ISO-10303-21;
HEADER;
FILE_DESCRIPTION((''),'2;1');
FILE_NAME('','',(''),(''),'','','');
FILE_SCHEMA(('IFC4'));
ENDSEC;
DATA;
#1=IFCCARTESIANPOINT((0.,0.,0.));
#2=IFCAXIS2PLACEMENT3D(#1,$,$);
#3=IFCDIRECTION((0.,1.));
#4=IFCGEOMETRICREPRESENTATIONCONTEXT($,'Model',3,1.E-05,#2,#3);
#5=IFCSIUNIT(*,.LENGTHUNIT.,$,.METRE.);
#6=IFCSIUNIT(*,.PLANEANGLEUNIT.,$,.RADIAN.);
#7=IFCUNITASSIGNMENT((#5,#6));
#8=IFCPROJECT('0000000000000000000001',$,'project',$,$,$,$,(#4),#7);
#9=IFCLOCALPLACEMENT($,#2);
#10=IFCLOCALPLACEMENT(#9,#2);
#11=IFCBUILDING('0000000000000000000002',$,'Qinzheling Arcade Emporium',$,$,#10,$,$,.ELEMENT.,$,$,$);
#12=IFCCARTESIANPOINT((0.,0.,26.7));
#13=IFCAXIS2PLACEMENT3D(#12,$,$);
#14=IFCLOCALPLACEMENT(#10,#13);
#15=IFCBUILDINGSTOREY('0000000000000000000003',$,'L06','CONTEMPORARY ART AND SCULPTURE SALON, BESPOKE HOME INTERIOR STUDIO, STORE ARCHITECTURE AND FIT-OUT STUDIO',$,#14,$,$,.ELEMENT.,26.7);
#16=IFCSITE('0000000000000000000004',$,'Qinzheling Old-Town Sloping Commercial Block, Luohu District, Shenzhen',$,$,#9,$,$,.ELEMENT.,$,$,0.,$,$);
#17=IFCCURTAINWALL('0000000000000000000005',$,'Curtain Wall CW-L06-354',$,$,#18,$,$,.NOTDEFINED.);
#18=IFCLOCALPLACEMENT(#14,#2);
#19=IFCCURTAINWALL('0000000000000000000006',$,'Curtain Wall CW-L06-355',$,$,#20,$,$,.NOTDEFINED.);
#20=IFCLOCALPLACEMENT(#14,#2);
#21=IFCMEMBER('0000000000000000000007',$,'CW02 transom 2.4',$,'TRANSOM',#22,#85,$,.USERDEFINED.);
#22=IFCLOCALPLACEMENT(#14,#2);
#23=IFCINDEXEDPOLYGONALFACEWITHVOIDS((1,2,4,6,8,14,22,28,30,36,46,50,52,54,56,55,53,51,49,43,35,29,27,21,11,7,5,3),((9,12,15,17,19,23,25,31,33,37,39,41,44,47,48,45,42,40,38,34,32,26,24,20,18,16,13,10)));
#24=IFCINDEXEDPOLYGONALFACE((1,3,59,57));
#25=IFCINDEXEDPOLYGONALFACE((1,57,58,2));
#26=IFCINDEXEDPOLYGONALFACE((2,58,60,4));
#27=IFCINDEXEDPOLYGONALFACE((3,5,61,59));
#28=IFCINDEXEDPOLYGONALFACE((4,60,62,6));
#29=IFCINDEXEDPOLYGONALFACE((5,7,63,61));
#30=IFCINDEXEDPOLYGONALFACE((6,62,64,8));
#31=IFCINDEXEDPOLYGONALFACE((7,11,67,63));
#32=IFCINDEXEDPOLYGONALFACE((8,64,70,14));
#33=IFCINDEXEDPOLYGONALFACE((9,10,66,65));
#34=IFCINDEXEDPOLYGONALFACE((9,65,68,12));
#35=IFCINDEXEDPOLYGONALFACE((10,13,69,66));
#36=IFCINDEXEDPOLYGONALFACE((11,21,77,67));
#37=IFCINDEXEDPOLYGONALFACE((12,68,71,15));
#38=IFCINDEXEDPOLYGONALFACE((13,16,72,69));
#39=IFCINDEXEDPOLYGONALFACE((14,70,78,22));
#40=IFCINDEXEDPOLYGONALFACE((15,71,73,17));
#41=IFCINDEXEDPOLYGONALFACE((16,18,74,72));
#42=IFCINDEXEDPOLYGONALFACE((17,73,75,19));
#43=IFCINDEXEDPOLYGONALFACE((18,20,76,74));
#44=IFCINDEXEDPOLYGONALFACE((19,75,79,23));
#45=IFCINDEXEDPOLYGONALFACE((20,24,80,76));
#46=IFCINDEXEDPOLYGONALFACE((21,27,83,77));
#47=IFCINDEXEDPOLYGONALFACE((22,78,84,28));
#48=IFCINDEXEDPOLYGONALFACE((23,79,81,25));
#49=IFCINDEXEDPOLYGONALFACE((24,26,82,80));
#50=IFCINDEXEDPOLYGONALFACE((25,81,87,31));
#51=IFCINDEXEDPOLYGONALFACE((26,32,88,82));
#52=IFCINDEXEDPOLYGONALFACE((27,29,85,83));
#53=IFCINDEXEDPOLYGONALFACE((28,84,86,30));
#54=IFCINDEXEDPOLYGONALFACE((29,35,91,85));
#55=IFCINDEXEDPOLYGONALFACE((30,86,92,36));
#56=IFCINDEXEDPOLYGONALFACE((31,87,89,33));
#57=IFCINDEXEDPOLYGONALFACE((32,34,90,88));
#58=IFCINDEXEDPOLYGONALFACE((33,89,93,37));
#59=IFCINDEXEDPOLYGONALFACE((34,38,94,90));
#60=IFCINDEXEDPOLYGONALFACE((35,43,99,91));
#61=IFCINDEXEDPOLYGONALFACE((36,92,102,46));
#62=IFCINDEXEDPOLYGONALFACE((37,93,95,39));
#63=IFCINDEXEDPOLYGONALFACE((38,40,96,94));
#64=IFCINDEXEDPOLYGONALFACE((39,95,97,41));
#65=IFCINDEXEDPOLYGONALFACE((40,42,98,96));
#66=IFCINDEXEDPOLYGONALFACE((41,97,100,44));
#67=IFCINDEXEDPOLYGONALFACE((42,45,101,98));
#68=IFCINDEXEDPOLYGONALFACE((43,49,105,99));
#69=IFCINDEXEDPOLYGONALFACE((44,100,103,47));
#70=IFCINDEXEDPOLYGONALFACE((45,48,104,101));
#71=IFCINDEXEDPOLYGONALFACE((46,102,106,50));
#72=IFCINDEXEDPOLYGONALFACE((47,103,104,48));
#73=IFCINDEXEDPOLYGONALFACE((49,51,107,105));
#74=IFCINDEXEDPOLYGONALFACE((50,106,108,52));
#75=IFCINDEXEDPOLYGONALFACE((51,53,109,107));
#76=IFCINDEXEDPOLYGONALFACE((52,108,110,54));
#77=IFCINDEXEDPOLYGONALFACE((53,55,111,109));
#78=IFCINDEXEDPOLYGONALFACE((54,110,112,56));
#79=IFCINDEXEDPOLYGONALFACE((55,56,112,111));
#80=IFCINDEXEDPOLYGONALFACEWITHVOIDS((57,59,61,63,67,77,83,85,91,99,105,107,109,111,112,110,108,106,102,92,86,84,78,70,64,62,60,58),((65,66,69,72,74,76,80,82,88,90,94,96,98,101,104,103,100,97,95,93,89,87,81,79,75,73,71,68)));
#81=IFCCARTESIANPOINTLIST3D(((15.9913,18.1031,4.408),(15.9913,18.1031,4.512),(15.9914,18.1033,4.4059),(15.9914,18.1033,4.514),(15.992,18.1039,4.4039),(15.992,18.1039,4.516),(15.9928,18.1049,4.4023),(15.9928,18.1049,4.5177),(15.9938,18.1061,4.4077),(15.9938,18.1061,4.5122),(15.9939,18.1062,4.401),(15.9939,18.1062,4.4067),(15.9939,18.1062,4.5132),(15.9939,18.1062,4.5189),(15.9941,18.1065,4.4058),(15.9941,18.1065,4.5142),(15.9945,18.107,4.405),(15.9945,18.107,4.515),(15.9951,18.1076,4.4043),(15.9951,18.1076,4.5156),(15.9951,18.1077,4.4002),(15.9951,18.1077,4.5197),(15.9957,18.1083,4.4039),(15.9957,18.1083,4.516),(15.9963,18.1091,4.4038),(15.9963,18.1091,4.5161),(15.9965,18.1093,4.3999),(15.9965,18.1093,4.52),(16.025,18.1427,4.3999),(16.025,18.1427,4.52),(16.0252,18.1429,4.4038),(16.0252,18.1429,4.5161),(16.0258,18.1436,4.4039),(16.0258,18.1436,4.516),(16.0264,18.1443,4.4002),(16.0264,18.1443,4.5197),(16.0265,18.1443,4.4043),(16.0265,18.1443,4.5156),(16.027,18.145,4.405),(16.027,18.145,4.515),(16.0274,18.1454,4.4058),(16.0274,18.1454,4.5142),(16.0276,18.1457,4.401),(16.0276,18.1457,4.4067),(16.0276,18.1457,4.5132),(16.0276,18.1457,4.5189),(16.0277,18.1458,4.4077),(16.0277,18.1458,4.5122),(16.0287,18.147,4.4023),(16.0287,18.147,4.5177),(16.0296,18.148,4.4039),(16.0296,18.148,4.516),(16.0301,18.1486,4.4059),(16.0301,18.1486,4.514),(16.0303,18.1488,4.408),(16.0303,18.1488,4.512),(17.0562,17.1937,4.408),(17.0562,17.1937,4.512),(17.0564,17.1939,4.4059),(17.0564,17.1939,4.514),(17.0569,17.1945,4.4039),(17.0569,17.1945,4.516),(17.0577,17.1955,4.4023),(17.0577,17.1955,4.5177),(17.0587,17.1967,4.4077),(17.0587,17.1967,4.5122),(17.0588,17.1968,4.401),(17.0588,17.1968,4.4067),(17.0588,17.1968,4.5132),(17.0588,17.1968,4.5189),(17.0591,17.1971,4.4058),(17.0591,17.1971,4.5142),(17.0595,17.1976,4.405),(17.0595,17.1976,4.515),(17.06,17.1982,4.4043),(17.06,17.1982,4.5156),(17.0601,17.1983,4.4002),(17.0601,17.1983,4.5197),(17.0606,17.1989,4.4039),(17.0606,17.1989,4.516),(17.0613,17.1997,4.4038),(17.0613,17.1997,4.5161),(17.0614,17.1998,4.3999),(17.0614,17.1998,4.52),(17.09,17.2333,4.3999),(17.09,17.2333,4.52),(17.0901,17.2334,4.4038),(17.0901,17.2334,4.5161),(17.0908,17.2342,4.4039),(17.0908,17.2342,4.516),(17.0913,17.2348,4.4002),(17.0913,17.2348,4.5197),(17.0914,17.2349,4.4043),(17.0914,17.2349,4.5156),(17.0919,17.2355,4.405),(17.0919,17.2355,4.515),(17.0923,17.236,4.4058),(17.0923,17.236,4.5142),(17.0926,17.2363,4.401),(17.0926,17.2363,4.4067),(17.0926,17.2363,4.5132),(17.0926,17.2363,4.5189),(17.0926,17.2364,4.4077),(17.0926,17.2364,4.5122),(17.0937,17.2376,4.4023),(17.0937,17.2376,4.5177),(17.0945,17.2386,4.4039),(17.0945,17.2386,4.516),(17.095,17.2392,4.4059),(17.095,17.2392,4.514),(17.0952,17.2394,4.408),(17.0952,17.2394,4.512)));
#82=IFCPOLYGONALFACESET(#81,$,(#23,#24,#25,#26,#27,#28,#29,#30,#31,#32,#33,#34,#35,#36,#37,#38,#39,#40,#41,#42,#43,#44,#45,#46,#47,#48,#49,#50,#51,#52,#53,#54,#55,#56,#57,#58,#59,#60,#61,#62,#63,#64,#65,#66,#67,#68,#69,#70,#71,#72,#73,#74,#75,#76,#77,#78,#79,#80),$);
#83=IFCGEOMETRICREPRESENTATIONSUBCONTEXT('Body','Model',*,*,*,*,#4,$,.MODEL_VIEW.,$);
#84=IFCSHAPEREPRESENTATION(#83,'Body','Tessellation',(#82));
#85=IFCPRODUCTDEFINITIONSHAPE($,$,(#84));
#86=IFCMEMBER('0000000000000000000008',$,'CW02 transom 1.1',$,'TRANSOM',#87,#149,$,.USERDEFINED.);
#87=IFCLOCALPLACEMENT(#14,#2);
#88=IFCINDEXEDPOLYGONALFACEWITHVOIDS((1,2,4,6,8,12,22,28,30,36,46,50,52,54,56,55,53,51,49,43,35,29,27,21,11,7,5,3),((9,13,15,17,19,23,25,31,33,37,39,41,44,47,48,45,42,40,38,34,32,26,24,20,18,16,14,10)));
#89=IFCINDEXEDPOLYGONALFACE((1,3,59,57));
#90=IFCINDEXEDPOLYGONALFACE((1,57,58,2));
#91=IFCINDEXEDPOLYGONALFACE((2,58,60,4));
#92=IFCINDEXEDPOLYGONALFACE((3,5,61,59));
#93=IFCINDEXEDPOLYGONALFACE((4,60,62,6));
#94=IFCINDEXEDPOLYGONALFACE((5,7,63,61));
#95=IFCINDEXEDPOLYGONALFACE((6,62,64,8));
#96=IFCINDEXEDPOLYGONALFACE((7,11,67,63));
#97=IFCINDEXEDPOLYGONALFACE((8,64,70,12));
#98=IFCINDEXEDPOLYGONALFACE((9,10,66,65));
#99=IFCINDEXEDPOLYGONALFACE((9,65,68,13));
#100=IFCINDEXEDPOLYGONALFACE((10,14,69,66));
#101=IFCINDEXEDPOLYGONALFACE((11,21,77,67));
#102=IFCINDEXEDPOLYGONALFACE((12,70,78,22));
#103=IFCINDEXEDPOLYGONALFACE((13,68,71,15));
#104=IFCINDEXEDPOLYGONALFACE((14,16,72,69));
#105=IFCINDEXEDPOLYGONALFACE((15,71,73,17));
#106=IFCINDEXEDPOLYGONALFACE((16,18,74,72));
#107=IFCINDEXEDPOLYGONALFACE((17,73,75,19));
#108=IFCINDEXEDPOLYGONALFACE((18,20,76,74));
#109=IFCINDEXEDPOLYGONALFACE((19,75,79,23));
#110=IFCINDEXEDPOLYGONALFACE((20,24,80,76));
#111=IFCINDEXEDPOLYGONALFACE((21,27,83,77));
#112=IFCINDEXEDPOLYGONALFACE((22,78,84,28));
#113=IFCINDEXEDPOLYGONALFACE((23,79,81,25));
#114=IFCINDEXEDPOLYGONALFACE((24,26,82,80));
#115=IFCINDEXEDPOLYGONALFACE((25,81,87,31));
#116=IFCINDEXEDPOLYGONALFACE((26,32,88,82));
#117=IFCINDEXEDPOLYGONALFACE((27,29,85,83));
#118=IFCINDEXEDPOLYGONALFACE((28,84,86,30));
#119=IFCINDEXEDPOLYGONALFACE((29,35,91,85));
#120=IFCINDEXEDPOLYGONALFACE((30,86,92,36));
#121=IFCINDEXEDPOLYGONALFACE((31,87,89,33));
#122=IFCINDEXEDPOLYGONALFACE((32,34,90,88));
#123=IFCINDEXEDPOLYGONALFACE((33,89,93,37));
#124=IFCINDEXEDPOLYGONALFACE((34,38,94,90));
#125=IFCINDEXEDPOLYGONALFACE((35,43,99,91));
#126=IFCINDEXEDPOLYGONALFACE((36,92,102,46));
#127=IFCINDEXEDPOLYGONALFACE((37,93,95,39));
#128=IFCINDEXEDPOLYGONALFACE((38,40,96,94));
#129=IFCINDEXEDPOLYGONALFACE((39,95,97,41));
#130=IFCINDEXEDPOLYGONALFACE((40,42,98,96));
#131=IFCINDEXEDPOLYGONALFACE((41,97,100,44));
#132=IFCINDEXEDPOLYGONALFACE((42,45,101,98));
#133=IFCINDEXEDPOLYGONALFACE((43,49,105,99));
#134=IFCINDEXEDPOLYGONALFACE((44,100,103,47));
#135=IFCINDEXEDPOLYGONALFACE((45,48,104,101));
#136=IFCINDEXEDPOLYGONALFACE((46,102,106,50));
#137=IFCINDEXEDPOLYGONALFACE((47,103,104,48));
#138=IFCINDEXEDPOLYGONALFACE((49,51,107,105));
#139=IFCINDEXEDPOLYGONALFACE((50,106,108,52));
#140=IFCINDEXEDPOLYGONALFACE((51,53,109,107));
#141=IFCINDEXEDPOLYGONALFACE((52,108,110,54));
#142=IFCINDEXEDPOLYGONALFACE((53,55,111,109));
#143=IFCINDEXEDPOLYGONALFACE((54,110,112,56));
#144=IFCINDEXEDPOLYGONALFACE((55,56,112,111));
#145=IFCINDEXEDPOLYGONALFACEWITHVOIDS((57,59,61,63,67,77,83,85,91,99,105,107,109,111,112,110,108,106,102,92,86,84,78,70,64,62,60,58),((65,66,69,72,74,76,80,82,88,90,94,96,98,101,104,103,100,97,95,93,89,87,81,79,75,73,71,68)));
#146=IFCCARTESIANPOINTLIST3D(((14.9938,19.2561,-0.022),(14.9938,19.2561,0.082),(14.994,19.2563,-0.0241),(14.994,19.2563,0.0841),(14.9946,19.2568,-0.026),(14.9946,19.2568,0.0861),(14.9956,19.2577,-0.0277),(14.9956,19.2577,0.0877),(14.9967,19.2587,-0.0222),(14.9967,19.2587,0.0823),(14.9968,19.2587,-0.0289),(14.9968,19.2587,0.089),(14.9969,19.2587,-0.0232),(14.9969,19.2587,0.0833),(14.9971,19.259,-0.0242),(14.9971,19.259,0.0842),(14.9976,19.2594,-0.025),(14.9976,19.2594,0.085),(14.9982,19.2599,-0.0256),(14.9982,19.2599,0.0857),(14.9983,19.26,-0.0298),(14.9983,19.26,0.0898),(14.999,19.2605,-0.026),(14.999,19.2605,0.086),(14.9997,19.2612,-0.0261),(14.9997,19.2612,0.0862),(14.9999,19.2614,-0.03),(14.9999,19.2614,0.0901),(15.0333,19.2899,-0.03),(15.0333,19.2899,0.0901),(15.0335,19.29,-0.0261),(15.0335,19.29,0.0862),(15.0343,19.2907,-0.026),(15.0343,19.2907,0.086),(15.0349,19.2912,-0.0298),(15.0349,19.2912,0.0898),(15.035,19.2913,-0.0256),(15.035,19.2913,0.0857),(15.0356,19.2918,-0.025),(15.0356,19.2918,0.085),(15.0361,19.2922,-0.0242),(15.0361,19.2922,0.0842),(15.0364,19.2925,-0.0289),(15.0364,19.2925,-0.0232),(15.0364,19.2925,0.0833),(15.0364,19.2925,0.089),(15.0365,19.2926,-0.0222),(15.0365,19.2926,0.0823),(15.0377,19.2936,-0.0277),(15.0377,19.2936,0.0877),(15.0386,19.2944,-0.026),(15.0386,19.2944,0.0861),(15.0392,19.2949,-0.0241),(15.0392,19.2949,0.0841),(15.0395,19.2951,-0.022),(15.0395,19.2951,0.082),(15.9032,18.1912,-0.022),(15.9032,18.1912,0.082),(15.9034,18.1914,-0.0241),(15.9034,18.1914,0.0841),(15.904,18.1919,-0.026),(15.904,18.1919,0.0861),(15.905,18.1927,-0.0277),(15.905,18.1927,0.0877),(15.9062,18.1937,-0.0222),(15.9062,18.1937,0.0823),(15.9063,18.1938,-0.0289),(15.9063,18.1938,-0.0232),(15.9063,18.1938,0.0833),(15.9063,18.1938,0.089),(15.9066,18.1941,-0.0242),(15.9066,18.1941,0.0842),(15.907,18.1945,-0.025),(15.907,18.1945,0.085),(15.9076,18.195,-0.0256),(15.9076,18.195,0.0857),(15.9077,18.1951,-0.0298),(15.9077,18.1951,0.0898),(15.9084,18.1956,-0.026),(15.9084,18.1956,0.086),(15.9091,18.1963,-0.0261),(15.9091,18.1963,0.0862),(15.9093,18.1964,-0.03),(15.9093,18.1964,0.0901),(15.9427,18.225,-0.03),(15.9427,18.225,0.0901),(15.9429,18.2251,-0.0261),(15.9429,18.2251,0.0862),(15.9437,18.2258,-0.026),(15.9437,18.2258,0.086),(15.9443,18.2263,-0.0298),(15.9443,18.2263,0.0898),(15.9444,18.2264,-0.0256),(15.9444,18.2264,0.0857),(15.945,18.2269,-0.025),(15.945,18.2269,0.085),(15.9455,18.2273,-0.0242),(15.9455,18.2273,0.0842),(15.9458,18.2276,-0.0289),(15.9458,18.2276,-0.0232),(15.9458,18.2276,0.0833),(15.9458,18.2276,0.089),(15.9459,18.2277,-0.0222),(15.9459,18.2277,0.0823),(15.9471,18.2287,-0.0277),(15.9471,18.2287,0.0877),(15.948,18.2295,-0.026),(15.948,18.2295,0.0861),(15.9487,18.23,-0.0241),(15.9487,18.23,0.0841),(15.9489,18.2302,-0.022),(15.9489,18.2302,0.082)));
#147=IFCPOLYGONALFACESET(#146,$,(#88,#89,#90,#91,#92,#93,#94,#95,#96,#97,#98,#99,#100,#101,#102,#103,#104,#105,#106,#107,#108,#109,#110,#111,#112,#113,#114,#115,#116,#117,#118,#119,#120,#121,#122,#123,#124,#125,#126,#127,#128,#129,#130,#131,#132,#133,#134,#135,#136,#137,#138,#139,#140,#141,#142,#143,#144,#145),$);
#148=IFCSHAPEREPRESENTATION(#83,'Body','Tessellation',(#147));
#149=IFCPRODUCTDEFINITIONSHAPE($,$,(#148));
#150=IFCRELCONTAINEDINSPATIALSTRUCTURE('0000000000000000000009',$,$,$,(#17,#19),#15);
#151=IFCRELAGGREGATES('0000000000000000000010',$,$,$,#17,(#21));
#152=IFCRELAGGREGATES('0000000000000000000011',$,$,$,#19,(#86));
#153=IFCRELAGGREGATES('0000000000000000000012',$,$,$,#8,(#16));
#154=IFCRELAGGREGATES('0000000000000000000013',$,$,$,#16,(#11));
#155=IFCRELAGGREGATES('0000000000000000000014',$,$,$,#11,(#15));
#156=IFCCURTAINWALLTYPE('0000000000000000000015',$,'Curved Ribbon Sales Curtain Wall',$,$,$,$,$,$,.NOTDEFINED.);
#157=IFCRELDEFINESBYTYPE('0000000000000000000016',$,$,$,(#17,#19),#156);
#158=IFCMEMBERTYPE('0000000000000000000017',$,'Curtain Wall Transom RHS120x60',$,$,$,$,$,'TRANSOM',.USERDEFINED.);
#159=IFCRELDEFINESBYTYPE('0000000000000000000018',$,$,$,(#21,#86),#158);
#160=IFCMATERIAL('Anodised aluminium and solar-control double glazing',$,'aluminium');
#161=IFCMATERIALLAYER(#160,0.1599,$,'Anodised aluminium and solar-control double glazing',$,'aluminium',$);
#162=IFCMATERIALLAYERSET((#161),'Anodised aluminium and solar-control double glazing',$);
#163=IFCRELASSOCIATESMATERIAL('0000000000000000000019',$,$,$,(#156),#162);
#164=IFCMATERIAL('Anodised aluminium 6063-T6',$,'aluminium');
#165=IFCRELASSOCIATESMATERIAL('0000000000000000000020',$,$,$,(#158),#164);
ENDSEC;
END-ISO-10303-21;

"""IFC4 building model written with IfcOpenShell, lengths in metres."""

from ifc_helpers import new_model, si_unit, direction, frame, origin, origin_2d, place, context, subcontext, project, spatial, hollow_rectangle, extrude, material, layer, layer_set, material_profile, profile_set, type_object, element, aggregate, save


model = new_model("IFC4")

# Units and contexts
model_context = context("Model", 3, precision=1e-05, world=origin(), true_north=direction((0.0, 1.0)))
body_context = subcontext(model_context, "Body", "Model", "MODEL_VIEW")
ifc_project = project(units=[si_unit("LENGTHUNIT", "METRE"), si_unit("PLANEANGLEUNIT", "RADIAN")], contexts=[model_context])

# Site, building, storey
site_placement = place(None, origin())
site = spatial("IfcSite", under=ifc_project, at=site_placement, Name="Qinzheling Old-Town Sloping Commercial Block, Luohu District, Shenzhen", CompositionType="ELEMENT", RefElevation=0.0)
building_placement = place(site_placement, origin())
building = spatial("IfcBuilding", under=site, at=building_placement, Name="Qinzheling Arcade Emporium", CompositionType="ELEMENT")
storey_placement = place(building_placement, frame((0.0, 0.0, 26.7)))
storey = spatial("IfcBuildingStorey", under=building, at=storey_placement, Name="L06", Description="CONTEMPORARY ART AND SCULPTURE SALON, BESPOKE HOME INTERIOR STUDIO, STORE ARCHITECTURE AND FIT-OUT STUDIO", CompositionType="ELEMENT", Elevation=26.7)

# Curtain walls
ifc_material_1 = material(Name="Anodised aluminium and solar-control double glazing", Category="aluminium")
ifc_layer_1 = layer(ifc_material_1, 0.1599, Name="Anodised aluminium and solar-control double glazing", Category="aluminium")
ifc_layer_set_1 = layer_set([ifc_layer_1], Name="Anodised aluminium and solar-control double glazing")
curtain_wall_type = type_object("IfcCurtainWallType", Name="Curved Ribbon Sales Curtain Wall", PredefinedType="NOTDEFINED", material=ifc_layer_set_1)
curtain_wall_1_placement = place(storey_placement, origin())
curtain_wall_1 = element("IfcCurtainWall", 1, at=curtain_wall_1_placement, inside=storey, type_object=curtain_wall_type, Name="Curtain Wall CW-L06-354", PredefinedType="NOTDEFINED")
ifc_material_2 = material(Name="Anodised aluminium 6063-T6", Category="aluminium")
curtain_wall_2_placement = place(storey_placement, origin())
curtain_wall_2 = element("IfcCurtainWall", 2, at=curtain_wall_2_placement, inside=storey, type_object=curtain_wall_type, Name="Curtain Wall CW-L06-355", PredefinedType="NOTDEFINED")

# Members
ifc_material_profile_1 = material_profile(ifc_material_2, hollow_rectangle(XDim=0.0601, YDim=0.1201, WallThickness=0.0039, InnerFilletRadius=0.0039, OuterFilletRadius=0.0081, at=origin_2d()), Name="RHS 120x60x4", Category="aluminium")
ifc_profile_set_1 = profile_set([ifc_material_profile_1], Name="Anodised aluminium 6063-T6")
member_type_1 = type_object("IfcMemberType", Name="Curtain Wall Transom RHS120x60", ElementType="TRANSOM", PredefinedType="USERDEFINED", material=ifc_profile_set_1)
member_1_placement = place(storey_placement, frame((17.0757, 17.2166, 4.46), z_axis=(-0.760449, 0.649398, 0.0), x_axis=(-0.649398, -0.760449, 0.0)))
member_1 = element("IfcMember", 3, at=member_1_placement, type_object=member_type_1, Name="CW02 transom 2.4", ObjectType="TRANSOM", PredefinedType="USERDEFINED", context=body_context, shape_type="SweptSolid", body=[
    extrude(hollow_rectangle(XDim=0.0601, YDim=0.1201, WallThickness=0.0039, InnerFilletRadius=0.0039, OuterFilletRadius=0.0081, at=origin_2d()), origin(), (0.0, 0.0, 1.0), 1.4004),
])
member_2_placement = place(storey_placement, frame((15.926, 18.2107, 0.03), z_axis=(-0.649398, 0.760449, 0.0), x_axis=(-0.760449, -0.649398, 0.0)))
member_2 = element("IfcMember", 4, at=member_2_placement, type_object=member_type_1, Name="CW02 transom 1.1", ObjectType="TRANSOM", PredefinedType="USERDEFINED", context=body_context, shape_type="SweptSolid", body=[
    extrude(hollow_rectangle(XDim=0.0601, YDim=0.1201, WallThickness=0.0039, InnerFilletRadius=0.0039, OuterFilletRadius=0.0081, at=origin_2d()), origin(), (0.0, 0.0, 1.0), 1.4004),
])

aggregate(curtain_wall_1, [member_1])
aggregate(curtain_wall_2, [member_2])

save(model, "model.ifc")
